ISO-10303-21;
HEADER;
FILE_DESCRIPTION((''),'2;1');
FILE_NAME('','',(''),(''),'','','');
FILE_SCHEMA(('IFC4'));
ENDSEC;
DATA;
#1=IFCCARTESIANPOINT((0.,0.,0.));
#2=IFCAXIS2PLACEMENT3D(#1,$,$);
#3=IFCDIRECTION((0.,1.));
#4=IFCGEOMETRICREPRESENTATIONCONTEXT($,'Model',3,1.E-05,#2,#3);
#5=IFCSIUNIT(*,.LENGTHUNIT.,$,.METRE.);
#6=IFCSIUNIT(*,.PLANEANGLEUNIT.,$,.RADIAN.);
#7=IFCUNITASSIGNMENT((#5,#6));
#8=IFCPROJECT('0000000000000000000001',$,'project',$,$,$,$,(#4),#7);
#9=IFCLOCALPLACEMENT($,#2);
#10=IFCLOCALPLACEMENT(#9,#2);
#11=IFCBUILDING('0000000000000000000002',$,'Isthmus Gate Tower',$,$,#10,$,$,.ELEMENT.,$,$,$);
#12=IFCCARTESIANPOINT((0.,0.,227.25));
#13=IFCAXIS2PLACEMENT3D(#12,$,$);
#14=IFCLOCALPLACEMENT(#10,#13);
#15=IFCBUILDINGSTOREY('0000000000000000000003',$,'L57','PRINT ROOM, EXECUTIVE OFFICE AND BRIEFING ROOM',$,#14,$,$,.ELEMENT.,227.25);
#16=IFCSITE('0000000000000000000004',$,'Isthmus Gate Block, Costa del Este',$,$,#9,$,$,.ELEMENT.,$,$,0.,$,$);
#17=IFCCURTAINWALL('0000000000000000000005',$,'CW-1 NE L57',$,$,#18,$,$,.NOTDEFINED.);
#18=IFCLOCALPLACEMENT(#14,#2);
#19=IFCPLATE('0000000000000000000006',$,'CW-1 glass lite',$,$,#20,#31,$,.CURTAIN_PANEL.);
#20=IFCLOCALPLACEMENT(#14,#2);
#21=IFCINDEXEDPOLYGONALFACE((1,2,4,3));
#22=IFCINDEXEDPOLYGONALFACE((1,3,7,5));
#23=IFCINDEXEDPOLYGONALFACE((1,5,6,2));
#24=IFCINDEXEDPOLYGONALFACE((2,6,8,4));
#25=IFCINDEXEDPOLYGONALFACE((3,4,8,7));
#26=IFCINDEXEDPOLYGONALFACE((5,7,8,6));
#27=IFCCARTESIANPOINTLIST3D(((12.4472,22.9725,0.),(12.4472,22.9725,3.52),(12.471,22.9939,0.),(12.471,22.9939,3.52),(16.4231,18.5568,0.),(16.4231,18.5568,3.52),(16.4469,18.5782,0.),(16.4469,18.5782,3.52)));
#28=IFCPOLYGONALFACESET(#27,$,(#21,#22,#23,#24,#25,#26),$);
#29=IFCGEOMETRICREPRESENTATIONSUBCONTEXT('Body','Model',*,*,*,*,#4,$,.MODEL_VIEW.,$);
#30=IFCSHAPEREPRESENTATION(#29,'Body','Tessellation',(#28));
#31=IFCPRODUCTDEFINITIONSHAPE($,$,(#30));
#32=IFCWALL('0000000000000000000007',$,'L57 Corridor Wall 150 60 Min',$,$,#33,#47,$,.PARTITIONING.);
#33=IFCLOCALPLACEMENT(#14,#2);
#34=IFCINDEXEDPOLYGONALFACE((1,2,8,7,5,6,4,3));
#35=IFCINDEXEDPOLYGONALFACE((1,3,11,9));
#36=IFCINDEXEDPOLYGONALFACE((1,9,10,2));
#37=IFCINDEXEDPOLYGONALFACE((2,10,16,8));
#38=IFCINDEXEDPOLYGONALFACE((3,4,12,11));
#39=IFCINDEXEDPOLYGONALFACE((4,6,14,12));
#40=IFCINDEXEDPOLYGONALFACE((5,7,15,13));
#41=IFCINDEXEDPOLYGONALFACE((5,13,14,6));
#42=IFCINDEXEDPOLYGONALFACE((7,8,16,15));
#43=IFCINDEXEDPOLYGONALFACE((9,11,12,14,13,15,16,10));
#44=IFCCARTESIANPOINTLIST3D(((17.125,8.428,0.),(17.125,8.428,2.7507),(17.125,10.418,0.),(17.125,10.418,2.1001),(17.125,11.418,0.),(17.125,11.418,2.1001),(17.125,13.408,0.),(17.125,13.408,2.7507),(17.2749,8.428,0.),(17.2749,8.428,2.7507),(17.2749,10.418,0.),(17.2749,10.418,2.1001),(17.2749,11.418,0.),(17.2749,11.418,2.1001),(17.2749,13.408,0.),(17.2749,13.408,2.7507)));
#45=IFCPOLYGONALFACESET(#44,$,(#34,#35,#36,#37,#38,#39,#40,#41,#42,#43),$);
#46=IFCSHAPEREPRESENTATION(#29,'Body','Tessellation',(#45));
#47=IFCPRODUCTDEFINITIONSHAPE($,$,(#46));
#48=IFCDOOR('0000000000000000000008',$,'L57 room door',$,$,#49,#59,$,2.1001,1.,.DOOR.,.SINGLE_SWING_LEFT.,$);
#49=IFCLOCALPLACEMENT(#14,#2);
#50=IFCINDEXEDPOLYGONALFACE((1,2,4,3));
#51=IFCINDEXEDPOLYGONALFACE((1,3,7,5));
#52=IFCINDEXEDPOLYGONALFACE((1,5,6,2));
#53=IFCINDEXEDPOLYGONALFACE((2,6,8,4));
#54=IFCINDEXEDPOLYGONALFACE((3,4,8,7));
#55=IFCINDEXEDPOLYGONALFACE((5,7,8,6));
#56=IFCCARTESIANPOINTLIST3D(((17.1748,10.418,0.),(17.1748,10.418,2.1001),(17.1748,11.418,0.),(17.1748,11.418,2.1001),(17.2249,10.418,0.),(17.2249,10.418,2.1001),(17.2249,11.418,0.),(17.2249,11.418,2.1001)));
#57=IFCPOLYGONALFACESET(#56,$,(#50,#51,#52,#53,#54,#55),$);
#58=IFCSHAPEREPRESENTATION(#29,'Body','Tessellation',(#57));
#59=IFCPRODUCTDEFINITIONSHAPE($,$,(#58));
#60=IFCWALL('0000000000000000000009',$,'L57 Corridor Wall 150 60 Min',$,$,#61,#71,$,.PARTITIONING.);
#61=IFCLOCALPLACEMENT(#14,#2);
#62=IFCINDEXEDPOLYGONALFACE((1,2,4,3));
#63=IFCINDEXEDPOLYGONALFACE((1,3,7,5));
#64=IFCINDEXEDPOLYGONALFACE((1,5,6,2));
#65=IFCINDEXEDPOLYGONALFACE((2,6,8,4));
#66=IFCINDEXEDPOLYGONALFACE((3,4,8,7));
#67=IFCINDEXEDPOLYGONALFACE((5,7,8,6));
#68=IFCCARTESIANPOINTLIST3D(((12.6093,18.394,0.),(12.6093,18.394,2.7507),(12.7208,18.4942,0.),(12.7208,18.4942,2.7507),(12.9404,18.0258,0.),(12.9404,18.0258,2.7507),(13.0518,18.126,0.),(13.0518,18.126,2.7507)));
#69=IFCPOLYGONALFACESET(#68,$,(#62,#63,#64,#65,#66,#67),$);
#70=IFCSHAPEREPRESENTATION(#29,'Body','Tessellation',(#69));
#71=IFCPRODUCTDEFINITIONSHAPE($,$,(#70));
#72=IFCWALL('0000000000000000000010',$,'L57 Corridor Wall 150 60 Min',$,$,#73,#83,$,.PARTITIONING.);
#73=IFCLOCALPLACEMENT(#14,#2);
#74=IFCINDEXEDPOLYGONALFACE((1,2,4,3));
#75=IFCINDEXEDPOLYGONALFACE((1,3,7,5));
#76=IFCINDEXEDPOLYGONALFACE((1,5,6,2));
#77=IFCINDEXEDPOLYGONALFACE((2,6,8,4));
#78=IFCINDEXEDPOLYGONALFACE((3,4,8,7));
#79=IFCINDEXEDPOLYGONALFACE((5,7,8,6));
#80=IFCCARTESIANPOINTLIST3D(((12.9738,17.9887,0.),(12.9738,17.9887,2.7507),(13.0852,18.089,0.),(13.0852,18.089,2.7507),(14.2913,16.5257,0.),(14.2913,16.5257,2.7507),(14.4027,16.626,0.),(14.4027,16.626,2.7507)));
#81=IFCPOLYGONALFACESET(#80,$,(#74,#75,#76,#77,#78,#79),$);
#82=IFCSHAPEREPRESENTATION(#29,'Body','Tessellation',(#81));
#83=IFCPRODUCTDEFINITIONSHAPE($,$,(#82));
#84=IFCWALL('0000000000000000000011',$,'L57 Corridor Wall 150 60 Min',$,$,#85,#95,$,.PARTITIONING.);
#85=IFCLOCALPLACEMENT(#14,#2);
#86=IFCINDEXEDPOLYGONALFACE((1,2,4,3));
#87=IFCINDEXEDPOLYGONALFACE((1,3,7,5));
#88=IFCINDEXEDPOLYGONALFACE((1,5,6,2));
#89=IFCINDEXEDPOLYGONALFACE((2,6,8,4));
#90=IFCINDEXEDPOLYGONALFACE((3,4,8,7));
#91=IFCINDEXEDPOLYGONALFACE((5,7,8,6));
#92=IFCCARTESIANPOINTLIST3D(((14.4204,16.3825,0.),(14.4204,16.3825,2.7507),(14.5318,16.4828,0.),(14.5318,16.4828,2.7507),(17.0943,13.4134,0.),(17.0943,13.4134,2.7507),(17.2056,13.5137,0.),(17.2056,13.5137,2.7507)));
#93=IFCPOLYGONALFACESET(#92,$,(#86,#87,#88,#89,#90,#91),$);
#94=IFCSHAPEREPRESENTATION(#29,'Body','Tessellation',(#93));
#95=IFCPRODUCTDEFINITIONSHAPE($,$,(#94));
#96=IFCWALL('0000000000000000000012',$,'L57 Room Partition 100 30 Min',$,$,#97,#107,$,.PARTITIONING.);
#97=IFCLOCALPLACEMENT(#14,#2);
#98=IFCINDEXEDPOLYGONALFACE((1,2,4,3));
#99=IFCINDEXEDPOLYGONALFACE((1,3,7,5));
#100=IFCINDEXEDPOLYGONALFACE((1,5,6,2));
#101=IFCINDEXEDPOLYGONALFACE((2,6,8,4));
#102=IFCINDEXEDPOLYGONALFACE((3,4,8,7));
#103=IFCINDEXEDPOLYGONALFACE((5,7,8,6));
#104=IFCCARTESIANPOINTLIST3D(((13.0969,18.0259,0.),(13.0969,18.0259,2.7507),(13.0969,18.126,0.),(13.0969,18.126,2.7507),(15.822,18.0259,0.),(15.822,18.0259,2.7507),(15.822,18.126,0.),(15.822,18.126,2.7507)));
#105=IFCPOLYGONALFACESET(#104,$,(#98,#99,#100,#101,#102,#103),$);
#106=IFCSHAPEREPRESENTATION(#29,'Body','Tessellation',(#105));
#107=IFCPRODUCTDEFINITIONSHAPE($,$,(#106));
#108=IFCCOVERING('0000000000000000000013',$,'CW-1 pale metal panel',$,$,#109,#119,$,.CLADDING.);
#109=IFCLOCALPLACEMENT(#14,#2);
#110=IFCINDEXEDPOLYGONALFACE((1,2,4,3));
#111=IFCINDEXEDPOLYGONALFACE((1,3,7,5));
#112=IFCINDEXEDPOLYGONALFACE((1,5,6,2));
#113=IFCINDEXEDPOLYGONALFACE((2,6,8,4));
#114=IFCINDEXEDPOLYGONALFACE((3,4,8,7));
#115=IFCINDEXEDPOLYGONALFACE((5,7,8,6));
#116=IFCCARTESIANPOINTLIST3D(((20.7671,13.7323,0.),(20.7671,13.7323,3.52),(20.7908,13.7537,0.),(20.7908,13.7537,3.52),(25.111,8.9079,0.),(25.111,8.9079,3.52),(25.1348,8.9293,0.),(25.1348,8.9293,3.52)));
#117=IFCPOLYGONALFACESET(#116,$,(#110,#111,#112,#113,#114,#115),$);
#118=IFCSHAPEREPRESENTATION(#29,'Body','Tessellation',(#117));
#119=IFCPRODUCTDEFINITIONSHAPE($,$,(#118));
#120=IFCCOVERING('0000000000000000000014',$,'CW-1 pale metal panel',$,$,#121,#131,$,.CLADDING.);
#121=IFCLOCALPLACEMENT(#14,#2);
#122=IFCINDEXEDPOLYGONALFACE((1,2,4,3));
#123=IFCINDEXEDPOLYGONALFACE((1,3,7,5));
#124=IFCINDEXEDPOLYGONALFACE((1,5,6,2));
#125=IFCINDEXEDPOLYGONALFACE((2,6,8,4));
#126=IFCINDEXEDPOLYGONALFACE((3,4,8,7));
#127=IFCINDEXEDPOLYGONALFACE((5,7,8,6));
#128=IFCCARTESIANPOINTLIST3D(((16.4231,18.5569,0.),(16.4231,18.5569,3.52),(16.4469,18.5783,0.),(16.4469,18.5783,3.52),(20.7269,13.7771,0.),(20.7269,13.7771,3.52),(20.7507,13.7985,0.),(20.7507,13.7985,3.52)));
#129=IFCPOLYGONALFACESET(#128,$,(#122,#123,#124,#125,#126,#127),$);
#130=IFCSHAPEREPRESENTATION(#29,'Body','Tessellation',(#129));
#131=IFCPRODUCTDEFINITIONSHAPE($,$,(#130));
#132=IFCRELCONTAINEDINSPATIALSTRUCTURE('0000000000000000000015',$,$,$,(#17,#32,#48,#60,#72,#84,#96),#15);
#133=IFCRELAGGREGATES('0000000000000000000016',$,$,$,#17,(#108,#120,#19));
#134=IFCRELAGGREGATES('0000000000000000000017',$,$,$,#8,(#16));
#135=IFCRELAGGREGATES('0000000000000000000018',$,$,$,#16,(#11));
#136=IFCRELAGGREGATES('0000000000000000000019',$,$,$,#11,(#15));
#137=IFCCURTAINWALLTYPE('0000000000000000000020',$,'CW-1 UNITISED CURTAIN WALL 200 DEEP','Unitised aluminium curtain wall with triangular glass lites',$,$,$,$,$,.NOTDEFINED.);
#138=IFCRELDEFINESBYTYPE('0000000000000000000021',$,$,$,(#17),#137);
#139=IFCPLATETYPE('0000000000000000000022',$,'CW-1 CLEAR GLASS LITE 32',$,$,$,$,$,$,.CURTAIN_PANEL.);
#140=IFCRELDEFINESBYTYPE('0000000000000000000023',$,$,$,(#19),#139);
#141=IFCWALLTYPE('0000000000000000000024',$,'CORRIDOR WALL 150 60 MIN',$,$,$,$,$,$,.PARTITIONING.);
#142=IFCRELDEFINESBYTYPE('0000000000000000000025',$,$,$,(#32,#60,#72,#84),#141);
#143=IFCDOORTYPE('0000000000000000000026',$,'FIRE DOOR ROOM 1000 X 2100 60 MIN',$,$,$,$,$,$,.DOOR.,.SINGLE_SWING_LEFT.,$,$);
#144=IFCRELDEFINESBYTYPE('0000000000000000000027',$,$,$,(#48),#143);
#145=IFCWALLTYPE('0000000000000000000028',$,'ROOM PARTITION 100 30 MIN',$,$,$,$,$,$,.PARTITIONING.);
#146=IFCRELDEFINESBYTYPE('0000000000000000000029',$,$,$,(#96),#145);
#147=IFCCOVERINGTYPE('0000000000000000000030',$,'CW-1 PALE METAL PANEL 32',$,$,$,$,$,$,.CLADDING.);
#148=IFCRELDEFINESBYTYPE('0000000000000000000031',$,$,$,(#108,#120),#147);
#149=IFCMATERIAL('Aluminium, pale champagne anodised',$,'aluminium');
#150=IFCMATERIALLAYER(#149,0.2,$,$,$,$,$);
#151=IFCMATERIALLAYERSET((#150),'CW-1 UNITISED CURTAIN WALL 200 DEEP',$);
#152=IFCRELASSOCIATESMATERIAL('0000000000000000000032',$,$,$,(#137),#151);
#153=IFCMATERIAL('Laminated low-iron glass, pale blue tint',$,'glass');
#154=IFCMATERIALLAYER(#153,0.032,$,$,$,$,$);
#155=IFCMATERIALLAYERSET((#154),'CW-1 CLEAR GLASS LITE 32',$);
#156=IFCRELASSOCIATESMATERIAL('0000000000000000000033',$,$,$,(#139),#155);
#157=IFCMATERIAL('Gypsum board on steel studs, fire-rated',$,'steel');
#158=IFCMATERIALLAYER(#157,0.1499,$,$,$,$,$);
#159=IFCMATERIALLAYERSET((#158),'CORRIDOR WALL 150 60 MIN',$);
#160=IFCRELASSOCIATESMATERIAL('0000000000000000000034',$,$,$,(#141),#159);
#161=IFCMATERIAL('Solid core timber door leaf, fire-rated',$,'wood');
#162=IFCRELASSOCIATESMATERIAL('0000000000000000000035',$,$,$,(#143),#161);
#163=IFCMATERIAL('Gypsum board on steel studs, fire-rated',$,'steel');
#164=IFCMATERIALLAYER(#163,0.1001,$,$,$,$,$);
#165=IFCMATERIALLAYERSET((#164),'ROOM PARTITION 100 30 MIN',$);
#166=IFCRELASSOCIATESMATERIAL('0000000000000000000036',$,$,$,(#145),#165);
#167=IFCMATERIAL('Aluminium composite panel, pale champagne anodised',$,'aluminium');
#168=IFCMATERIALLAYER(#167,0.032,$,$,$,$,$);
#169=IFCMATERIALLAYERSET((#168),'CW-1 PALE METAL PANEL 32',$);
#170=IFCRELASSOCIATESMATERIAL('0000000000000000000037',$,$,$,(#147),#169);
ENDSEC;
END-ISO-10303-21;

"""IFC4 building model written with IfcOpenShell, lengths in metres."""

from ifc_helpers import new_model, si_unit, direction, frame, frame_2d, origin, origin_2d, place, context, subcontext, project, spatial, rectangle, extrude, material, layer, layer_set, type_object, element, fill, aggregate, save


model = new_model("IFC4")

# Units and contexts
model_context = context("Model", 3, precision=1e-05, world=origin(), true_north=direction((0.0, 1.0)))
body_context = subcontext(model_context, "Body", "Model", "MODEL_VIEW")
ifc_project = project(units=[si_unit("LENGTHUNIT", "METRE"), si_unit("PLANEANGLEUNIT", "RADIAN")], contexts=[model_context])

# Site, building, storey
site_placement = place(None, origin())
site = spatial("IfcSite", under=ifc_project, at=site_placement, Name="Isthmus Gate Block, Costa del Este", CompositionType="ELEMENT", RefElevation=0.0)
building_placement = place(site_placement, origin())
building = spatial("IfcBuilding", under=site, at=building_placement, Name="Isthmus Gate Tower", CompositionType="ELEMENT")
storey_placement = place(building_placement, frame((0.0, 0.0, 227.25)))
storey = spatial("IfcBuildingStorey", under=building, at=storey_placement, Name="L57", Description="PRINT ROOM, EXECUTIVE OFFICE AND BRIEFING ROOM", CompositionType="ELEMENT", Elevation=227.25)

# Curtain wall
ifc_material_1 = material(Name="Aluminium, pale champagne anodised", Category="aluminium")
ifc_layer_1 = layer(ifc_material_1, 0.2)
ifc_layer_set_1 = layer_set([ifc_layer_1], Name="CW-1 UNITISED CURTAIN WALL 200 DEEP")
curtain_wall_type = type_object("IfcCurtainWallType", Name="CW-1 UNITISED CURTAIN WALL 200 DEEP", Description="Unitised aluminium curtain wall with triangular glass lites", PredefinedType="NOTDEFINED", material=ifc_layer_set_1)
curtain_wall_placement = place(storey_placement, origin())
curtain_wall = element("IfcCurtainWall", 1, at=curtain_wall_placement, inside=storey, type_object=curtain_wall_type, Name="CW-1 NE L57", PredefinedType="NOTDEFINED")

# Plate
ifc_material_2 = material(Name="Laminated low-iron glass, pale blue tint", Category="glass")
ifc_layer_2 = layer(ifc_material_2, 0.032)
ifc_layer_set_2 = layer_set([ifc_layer_2], Name="CW-1 CLEAR GLASS LITE 32")
plate_type = type_object("IfcPlateType", Name="CW-1 CLEAR GLASS LITE 32", PredefinedType="CURTAIN_PANEL", material=ifc_layer_set_2)
plate_placement = place(storey_placement, frame((14.447, 20.7754, 0.0), z_axis=(0.0, 0.0, 1.0), x_axis=(-0.669131, 0.743145, 0.0)))
plate = element("IfcPlate", 2, at=plate_placement, type_object=plate_type, Name="CW-1 glass lite", PredefinedType="CURTAIN_PANEL", context=body_context, shape_type="SweptSolid", body=[
    extrude(rectangle(XDim=5.9419, YDim=0.032, at=origin_2d()), origin(), (0.0, 0.0, 1.0), 3.52),
])

# Wall, opening, door
ifc_material_3 = material(Name="Gypsum board on steel studs, fire-rated", Category="steel")
ifc_layer_3 = layer(ifc_material_3, 0.1499)
ifc_layer_set_3 = layer_set([ifc_layer_3], Name="CORRIDOR WALL 150 60 MIN")
wall_type_1 = type_object("IfcWallType", Name="CORRIDOR WALL 150 60 MIN", PredefinedType="PARTITIONING", material=ifc_layer_set_3)
wall_1_placement = place(storey_placement, frame((17.2, 13.408, 0.0), z_axis=(0.0, 0.0, 1.0), x_axis=(0.0, -1.0, 0.0)))
wall_1 = element("IfcWall", 3, at=wall_1_placement, inside=storey, type_object=wall_type_1, Name="L57 Corridor Wall 150 60 Min", PredefinedType="PARTITIONING", context=body_context, shape_type="SweptSolid", body=[
    extrude(rectangle(XDim=4.98, YDim=0.1499, at=frame_2d((2.49, 0.0))), origin(), (0.0, 0.0, 1.0), 2.7507),
])
opening_placement = place(wall_1_placement, frame((1.99, 0.0, 0.0)))
opening = element("IfcOpeningElement", 4, at=opening_placement, cuts=wall_1, PredefinedType="OPENING", context=body_context, shape_type="SweptSolid", body=[
    extrude(rectangle(XDim=1.0, YDim=2.1001, at=frame_2d((0.5, 1.05))), frame((0.0, 0.085, 0.0), z_axis=(0.0, -1.0, 0.0), x_axis=(1.0, 0.0, 0.0)), (0.0, 0.0, 1.0), 0.1699),
])
ifc_material_4 = material(Name="Solid core timber door leaf, fire-rated", Category="wood")
door_type = type_object("IfcDoorType", Name="FIRE DOOR ROOM 1000 X 2100 60 MIN", OperationType="SINGLE_SWING_LEFT", PredefinedType="DOOR", material=ifc_material_4)
door_placement = place(opening_placement, origin())
door = element("IfcDoor", 5, at=door_placement, inside=storey, type_object=door_type, Name="L57 room door", OperationType="SINGLE_SWING_LEFT", OverallHeight=2.1001, OverallWidth=1.0, PredefinedType="DOOR", context=body_context, shape_type="SweptSolid", body=[
    extrude(rectangle(XDim=1.0, YDim=2.1001, at=frame_2d((0.5, 1.05))), frame((0.0, 0.0249, 0.0), z_axis=(0.0, -1.0, 0.0), x_axis=(1.0, 0.0, 0.0)), (0.0, 0.0, 1.0), 0.05),
])
fill(opening, door)

# Walls
wall_2_placement = place(storey_placement, frame((12.665, 18.4441, 0.0), z_axis=(0.0, 0.0, 1.0), x_axis=(0.668638, -0.743588, 0.0)))
element("IfcWall", 6, at=wall_2_placement, inside=storey, type_object=wall_type_1, Name="L57 Corridor Wall 150 60 Min", PredefinedType="PARTITIONING", context=body_context, shape_type="SweptSolid", body=[
    extrude(rectangle(XDim=0.4951, YDim=0.1499, at=frame_2d((0.2476, 0.0))), origin(), (0.0, 0.0, 1.0), 2.7507),
])
wall_3_placement = place(storey_placement, frame((13.0295, 18.0388, 0.0), z_axis=(0.0, 0.0, 1.0), x_axis=(0.669184, -0.743097, 0.0)))
element("IfcWall", 7, at=wall_3_placement, inside=storey, type_object=wall_type_1, Name="L57 Corridor Wall 150 60 Min", PredefinedType="PARTITIONING", context=body_context, shape_type="SweptSolid", body=[
    extrude(rectangle(XDim=1.9688, YDim=0.1499, at=frame_2d((0.9844, 0.0))), origin(), (0.0, 0.0, 1.0), 2.7507),
])
wall_4_placement = place(storey_placement, frame((14.4761, 16.4326, 0.0), z_axis=(0.0, 0.0, 1.0), x_axis=(0.669204, -0.743078, 0.0)))
element("IfcWall", 8, at=wall_4_placement, inside=storey, type_object=wall_type_1, Name="L57 Corridor Wall 150 60 Min", PredefinedType="PARTITIONING", context=body_context, shape_type="SweptSolid", body=[
    extrude(rectangle(XDim=3.9956, YDim=0.1499, at=frame_2d((1.9978, 0.0))), origin(), (0.0, 0.0, 1.0), 2.7507),
])
ifc_material_5 = material(Name="Gypsum board on steel studs, fire-rated", Category="steel")
ifc_layer_4 = layer(ifc_material_5, 0.1001)
ifc_layer_set_4 = layer_set([ifc_layer_4], Name="ROOM PARTITION 100 30 MIN")
wall_type_2 = type_object("IfcWallType", Name="ROOM PARTITION 100 30 MIN", PredefinedType="PARTITIONING", material=ifc_layer_set_4)
wall_5_placement = place(storey_placement, frame((13.0969, 18.0759, 0.0), z_axis=(0.0, 0.0, 1.0), x_axis=(1.0, 0.0, 0.0)))
element("IfcWall", 9, at=wall_5_placement, inside=storey, type_object=wall_type_2, Name="L57 Room Partition 100 30 Min", PredefinedType="PARTITIONING", context=body_context, shape_type="SweptSolid", body=[
    extrude(rectangle(XDim=2.7251, YDim=0.1001, at=frame_2d((1.3625, 0.0))), origin(), (0.0, 0.0, 1.0), 2.7507),
])

# Coverings
ifc_material_6 = material(Name="Aluminium composite panel, pale champagne anodised", Category="aluminium")
ifc_layer_5 = layer(ifc_material_6, 0.032)
ifc_layer_set_5 = layer_set([ifc_layer_5], Name="CW-1 PALE METAL PANEL 32")
covering_type = type_object("IfcCoveringType", Name="CW-1 PALE METAL PANEL 32", PredefinedType="CLADDING", material=ifc_layer_set_5)
covering_1_placement = place(storey_placement, frame((22.9509, 11.3308, 0.0), z_axis=(0.0, 0.0, 1.0), x_axis=(-0.669131, 0.743145, 0.0)))
covering_1 = element("IfcCovering", 10, at=covering_1_placement, type_object=covering_type, Name="CW-1 pale metal panel", PredefinedType="CLADDING", context=body_context, shape_type="SweptSolid", body=[
    extrude(rectangle(XDim=6.4919, YDim=0.032, at=origin_2d()), origin(), (0.0, 0.0, 1.0), 3.52),
])
covering_2_placement = place(storey_placement, frame((18.5869, 16.1777, 0.0), z_axis=(0.0, 0.0, 1.0), x_axis=(-0.669131, 0.743145, 0.0)))
covering_2 = element("IfcCovering", 11, at=covering_2_placement, type_object=covering_type, Name="CW-1 pale metal panel", PredefinedType="CLADDING", context=body_context, shape_type="SweptSolid", body=[
    extrude(rectangle(XDim=6.4319, YDim=0.032, at=origin_2d()), origin(), (0.0, 0.0, 1.0), 3.52),
])
aggregate(curtain_wall, [covering_1, covering_2, plate])

save(model, "model.ifc")
